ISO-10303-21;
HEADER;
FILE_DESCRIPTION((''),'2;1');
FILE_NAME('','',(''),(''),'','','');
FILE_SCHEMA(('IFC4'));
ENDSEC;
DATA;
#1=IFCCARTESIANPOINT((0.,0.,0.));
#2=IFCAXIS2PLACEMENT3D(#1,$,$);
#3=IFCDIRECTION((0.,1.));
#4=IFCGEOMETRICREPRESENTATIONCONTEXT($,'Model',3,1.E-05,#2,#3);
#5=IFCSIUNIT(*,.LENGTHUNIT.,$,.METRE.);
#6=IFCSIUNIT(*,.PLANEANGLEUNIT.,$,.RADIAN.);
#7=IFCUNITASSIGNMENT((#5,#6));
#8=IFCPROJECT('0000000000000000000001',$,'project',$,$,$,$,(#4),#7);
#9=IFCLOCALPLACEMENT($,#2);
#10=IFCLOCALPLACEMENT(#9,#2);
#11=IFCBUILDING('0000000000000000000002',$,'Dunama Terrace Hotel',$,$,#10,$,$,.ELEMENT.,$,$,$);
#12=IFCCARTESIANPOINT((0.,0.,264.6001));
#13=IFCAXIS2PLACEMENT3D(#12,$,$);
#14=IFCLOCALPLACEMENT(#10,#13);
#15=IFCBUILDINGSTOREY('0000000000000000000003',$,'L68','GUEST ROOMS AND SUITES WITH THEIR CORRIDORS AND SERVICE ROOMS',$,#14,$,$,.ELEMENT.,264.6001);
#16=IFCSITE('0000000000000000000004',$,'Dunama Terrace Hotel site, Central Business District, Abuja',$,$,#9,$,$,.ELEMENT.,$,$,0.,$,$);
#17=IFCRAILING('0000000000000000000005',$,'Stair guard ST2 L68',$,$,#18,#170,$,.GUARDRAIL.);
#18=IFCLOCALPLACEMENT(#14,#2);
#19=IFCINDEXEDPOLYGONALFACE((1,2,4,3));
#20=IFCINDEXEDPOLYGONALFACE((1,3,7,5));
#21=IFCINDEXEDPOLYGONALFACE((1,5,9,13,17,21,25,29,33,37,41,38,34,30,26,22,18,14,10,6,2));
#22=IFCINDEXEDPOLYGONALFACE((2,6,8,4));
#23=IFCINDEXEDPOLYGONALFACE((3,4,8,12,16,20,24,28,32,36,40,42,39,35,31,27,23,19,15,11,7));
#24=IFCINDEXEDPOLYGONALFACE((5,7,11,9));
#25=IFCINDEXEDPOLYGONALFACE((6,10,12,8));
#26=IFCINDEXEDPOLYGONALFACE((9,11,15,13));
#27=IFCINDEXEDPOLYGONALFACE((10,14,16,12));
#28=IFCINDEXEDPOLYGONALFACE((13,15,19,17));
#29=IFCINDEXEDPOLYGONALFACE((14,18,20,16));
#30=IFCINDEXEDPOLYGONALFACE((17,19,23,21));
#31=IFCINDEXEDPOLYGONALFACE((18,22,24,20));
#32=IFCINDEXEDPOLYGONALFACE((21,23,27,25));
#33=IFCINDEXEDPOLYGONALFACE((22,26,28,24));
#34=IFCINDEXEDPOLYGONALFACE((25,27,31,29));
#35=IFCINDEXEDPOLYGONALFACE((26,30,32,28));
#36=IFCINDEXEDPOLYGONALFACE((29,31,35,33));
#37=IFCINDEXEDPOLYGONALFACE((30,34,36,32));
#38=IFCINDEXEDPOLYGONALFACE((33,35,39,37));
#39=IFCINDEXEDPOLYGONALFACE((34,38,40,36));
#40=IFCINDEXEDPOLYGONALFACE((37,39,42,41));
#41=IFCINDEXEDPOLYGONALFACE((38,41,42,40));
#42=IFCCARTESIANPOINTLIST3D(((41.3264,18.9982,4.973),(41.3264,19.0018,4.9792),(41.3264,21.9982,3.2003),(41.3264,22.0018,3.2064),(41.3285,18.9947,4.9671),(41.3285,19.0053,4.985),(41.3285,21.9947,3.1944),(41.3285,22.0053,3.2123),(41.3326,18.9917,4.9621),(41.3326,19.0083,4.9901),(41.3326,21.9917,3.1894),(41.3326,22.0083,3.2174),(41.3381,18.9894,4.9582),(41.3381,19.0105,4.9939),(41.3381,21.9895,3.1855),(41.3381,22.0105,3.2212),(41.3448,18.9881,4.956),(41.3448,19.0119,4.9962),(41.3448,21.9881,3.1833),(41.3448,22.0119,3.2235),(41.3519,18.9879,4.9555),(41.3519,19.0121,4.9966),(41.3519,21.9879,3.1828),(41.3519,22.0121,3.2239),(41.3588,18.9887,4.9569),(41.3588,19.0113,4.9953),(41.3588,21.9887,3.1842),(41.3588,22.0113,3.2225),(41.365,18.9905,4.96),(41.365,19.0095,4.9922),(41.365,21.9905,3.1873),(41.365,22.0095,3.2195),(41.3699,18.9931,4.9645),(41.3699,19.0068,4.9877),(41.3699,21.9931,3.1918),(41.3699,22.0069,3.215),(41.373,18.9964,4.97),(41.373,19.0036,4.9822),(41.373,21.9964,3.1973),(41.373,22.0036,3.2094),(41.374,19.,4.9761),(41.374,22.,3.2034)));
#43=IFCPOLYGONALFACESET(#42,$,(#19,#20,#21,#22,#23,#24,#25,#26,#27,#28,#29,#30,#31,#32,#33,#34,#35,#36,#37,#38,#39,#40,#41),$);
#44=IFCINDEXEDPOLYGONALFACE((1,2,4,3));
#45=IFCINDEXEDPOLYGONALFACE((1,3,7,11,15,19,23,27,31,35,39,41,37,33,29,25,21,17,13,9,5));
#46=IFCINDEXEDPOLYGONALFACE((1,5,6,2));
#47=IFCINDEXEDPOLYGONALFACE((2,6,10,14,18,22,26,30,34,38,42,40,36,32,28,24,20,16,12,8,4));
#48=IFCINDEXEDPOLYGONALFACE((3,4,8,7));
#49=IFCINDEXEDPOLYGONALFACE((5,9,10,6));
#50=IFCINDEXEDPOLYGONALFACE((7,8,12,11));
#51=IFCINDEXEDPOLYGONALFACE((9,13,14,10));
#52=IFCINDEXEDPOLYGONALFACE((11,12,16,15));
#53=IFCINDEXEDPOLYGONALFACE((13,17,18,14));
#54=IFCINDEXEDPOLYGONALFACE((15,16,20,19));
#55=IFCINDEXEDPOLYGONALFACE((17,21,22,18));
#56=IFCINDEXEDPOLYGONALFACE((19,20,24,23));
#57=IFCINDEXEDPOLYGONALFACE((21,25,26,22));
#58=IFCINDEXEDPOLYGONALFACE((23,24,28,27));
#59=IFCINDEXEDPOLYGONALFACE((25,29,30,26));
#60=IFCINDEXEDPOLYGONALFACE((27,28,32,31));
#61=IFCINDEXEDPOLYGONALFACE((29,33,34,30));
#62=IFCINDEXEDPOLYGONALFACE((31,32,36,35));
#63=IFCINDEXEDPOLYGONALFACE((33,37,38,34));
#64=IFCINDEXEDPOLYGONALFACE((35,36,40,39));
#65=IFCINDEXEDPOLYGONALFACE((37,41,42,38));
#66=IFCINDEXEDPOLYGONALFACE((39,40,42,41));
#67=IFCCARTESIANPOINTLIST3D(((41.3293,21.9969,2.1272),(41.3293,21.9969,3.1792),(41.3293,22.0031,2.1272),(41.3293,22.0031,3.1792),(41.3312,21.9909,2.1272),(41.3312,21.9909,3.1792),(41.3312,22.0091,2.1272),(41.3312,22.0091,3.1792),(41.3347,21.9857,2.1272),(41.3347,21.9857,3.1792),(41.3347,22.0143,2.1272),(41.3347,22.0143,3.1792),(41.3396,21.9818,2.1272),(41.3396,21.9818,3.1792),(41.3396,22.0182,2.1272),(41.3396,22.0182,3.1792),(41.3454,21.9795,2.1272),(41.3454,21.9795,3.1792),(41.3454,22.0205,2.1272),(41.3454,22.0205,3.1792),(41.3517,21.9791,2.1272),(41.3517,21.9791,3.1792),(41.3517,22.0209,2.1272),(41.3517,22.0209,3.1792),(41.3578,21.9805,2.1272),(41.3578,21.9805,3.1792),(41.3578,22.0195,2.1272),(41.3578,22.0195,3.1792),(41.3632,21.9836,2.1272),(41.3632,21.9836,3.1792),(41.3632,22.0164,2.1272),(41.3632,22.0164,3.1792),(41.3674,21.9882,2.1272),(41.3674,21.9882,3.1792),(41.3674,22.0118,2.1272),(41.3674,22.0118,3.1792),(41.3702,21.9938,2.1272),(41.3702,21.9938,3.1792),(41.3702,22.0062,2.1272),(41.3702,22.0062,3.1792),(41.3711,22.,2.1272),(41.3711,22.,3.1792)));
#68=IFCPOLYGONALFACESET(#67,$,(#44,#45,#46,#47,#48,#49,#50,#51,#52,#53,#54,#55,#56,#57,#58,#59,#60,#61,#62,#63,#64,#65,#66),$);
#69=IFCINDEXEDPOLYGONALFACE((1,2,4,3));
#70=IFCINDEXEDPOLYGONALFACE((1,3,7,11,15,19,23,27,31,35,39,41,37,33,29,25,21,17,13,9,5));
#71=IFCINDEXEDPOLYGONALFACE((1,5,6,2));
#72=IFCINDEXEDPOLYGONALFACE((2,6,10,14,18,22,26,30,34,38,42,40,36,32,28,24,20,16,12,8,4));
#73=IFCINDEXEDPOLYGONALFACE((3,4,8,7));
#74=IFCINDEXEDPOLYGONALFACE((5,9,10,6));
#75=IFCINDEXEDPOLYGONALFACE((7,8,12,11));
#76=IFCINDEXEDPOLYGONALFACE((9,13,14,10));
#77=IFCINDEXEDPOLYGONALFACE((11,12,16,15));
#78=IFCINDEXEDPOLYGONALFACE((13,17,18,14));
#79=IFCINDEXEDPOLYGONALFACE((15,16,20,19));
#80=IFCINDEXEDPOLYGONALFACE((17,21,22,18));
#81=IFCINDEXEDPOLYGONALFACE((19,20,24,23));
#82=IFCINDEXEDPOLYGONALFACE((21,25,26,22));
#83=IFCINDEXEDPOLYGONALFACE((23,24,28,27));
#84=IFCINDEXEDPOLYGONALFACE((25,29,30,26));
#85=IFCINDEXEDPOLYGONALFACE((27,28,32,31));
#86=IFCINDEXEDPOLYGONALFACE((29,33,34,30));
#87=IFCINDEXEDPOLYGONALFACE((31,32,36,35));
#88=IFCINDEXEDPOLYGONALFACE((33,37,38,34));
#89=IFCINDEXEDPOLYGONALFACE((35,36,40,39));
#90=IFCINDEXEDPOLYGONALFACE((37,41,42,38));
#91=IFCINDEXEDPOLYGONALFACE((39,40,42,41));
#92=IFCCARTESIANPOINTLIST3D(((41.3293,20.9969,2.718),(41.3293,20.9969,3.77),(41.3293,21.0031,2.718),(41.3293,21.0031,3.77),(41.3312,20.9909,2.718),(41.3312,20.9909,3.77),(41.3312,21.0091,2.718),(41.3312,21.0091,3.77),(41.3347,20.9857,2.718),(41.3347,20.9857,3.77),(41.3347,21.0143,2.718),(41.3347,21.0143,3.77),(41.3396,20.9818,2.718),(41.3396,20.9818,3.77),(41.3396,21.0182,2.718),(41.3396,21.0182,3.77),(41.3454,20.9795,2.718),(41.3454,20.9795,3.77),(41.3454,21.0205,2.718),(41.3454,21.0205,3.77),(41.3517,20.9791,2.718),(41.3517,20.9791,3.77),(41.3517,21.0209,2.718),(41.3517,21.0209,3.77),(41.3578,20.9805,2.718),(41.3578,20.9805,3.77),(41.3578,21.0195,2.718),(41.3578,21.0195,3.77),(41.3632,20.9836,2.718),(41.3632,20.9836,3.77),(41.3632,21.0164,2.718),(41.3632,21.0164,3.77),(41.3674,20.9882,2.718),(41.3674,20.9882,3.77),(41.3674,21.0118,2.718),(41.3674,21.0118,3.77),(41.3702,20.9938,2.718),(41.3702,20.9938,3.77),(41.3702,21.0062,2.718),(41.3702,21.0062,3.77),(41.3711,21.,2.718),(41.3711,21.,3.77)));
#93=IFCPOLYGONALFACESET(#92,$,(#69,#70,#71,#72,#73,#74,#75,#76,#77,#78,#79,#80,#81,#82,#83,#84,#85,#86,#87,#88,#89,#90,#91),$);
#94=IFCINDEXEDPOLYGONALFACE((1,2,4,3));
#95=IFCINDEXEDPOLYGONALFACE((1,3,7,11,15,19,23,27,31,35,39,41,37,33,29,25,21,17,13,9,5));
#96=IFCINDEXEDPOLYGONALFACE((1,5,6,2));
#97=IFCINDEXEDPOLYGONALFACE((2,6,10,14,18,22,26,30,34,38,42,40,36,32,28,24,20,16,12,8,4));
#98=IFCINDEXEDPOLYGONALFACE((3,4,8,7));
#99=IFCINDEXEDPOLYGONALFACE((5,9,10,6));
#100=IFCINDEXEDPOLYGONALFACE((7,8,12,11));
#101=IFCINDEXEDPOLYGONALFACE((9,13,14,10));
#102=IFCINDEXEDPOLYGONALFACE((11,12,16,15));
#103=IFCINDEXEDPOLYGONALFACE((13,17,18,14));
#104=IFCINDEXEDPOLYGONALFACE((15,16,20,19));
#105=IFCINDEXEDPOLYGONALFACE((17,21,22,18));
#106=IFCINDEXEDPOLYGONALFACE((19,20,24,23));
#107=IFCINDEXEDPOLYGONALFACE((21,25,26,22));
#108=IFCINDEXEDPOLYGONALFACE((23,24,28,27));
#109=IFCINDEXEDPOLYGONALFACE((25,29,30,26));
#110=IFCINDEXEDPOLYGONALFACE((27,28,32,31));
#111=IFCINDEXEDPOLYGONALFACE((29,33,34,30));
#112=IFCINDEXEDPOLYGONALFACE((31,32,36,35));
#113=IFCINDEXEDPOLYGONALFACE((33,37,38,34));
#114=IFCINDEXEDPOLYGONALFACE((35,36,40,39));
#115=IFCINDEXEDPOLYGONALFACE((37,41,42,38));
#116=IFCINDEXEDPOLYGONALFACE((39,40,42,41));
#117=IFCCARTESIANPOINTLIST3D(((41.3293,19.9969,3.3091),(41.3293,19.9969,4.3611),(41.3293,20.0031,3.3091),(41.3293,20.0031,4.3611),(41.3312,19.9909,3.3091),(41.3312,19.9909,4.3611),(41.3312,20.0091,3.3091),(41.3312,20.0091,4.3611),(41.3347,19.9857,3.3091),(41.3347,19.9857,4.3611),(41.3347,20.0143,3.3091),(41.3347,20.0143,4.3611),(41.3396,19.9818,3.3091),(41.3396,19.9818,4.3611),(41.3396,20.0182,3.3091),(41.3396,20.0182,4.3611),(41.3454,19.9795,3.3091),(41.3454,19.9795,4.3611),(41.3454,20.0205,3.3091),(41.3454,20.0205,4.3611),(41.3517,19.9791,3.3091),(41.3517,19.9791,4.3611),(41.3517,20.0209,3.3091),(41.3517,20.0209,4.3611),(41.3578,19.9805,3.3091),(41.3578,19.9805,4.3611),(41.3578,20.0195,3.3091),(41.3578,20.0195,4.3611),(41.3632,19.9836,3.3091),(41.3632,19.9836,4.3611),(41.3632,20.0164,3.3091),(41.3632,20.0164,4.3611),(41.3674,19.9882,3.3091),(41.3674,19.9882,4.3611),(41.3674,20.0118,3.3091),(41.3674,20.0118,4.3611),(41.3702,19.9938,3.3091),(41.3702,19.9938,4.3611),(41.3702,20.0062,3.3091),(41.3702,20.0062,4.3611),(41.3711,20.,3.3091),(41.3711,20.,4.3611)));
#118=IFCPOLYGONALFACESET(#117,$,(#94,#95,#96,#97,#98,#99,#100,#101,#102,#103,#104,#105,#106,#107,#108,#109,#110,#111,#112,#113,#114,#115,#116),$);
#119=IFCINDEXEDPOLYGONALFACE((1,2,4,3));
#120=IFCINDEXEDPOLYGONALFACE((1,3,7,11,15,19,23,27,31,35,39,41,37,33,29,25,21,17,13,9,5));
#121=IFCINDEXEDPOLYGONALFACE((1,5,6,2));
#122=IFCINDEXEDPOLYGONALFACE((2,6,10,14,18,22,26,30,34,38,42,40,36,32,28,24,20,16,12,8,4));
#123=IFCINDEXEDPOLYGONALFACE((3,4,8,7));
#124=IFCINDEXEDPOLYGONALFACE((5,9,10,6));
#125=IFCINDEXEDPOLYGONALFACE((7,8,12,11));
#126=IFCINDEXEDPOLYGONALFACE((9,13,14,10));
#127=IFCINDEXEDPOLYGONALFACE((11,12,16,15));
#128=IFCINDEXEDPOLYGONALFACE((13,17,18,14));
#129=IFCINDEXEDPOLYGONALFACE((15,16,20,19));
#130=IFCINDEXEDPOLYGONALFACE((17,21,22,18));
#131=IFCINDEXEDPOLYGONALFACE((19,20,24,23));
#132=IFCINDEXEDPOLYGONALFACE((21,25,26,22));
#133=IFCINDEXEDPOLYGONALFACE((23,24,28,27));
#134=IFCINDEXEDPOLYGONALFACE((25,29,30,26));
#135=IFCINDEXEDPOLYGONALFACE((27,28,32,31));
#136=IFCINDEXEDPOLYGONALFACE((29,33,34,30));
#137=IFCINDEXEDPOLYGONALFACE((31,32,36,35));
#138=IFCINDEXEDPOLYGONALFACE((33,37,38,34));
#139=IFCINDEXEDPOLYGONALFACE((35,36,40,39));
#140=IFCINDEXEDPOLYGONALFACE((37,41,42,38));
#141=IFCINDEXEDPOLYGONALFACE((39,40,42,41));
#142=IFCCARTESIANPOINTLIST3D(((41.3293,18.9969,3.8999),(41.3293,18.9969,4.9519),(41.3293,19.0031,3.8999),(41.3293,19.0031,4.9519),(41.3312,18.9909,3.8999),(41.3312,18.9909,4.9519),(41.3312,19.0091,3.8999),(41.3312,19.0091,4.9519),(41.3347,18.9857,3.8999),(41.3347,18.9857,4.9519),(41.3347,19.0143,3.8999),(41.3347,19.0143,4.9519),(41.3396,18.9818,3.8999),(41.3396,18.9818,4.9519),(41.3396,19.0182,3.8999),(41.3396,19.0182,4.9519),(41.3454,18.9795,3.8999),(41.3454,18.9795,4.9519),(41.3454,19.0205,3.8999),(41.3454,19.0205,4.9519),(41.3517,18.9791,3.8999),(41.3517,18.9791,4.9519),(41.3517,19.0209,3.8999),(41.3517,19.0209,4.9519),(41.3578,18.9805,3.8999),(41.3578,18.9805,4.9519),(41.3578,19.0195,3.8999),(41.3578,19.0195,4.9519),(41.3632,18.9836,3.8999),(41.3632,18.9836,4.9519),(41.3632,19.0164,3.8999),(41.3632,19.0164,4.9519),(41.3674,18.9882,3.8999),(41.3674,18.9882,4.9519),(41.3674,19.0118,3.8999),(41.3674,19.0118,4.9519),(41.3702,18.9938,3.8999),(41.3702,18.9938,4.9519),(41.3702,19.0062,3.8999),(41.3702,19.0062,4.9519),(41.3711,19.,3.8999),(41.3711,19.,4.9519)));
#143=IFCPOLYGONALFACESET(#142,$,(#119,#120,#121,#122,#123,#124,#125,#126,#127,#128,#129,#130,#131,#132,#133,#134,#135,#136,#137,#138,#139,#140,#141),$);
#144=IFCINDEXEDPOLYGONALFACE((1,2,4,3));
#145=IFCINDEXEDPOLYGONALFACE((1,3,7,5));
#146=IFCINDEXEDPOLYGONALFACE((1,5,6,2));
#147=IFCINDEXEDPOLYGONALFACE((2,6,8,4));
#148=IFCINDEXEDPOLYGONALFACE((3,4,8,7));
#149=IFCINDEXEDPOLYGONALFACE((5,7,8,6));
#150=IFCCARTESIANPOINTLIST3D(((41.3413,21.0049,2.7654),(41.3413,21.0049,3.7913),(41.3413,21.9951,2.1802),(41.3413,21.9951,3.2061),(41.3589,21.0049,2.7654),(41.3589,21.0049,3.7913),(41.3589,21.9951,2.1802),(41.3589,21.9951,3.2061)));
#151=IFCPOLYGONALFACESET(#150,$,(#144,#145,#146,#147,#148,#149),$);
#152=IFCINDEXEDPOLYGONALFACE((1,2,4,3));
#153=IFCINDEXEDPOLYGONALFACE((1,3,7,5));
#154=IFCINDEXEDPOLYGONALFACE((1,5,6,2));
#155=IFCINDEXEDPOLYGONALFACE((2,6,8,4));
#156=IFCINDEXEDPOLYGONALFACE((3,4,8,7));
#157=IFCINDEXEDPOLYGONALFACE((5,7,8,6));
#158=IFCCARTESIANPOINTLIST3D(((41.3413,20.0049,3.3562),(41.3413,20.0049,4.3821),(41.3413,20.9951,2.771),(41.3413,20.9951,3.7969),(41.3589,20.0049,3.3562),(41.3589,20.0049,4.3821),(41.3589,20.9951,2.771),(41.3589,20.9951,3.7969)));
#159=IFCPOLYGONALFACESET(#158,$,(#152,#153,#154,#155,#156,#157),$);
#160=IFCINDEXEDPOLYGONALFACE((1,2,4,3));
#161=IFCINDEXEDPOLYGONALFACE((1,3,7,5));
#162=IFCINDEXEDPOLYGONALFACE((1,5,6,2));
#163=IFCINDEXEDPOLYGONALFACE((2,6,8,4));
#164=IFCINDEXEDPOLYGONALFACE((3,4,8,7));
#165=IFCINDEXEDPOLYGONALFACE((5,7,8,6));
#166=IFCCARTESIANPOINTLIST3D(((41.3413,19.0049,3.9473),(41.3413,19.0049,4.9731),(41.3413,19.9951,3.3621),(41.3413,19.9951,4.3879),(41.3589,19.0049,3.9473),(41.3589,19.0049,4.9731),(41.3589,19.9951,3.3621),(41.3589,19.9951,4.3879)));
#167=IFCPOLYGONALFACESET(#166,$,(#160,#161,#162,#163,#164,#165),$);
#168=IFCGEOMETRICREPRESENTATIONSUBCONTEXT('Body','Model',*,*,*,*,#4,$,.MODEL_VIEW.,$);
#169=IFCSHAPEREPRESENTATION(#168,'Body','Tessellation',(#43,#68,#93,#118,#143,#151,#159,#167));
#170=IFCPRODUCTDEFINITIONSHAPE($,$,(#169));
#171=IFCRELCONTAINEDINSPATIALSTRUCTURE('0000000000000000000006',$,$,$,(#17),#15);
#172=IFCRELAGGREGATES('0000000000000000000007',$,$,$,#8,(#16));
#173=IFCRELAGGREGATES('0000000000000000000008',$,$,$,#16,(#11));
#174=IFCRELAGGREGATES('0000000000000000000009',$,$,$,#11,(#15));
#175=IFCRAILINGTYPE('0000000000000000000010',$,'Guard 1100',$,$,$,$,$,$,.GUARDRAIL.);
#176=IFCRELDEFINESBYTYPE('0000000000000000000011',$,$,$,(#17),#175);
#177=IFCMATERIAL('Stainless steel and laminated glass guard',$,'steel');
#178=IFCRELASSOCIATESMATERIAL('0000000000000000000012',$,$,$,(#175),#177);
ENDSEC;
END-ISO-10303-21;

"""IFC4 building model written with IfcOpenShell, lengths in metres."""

from ifc_helpers import new_model, si_unit, direction, frame, origin, origin_2d, place, context, subcontext, project, spatial, polyline, circle, outline, extrude, material, type_object, element, save


model = new_model("IFC4")

# Units and contexts
model_context = context("Model", 3, precision=1e-05, world=origin(), true_north=direction((0.0, 1.0)))
body_context = subcontext(model_context, "Body", "Model", "MODEL_VIEW")
ifc_project = project(units=[si_unit("LENGTHUNIT", "METRE"), si_unit("PLANEANGLEUNIT", "RADIAN")], contexts=[model_context])

# Site, building, storey
site_placement = place(None, origin())
site = spatial("IfcSite", under=ifc_project, at=site_placement, Name="Dunama Terrace Hotel site, Central Business District, Abuja", CompositionType="ELEMENT", RefElevation=0.0)
building_placement = place(site_placement, origin())
building = spatial("IfcBuilding", under=site, at=building_placement, Name="Dunama Terrace Hotel", CompositionType="ELEMENT")
storey_placement = place(building_placement, frame((0.0, 0.0, 264.6001)))
storey = spatial("IfcBuildingStorey", under=building, at=storey_placement, Name="L68", Description="GUEST ROOMS AND SUITES WITH THEIR CORRIDORS AND SERVICE ROOMS", CompositionType="ELEMENT", Elevation=264.6001)

# Railing
ifc_material_1 = material(Name="Stainless steel and laminated glass guard", Category="steel")
railing_type_1 = type_object("IfcRailingType", Name="Guard 1100", PredefinedType="GUARDRAIL", material=ifc_material_1)
railing_1_placement = place(storey_placement, frame((41.3501, 22.0, 2.1272)))
element("IfcRailing", 1, at=railing_1_placement, inside=storey, type_object=railing_type_1, Name="Stair guard ST2 L68", PredefinedType="GUARDRAIL", context=body_context, shape_type="SweptSolid", body=[
    extrude(circle(Radius=0.0239, at=origin_2d()), frame((0.0, 0.0, 1.0762), z_axis=(0.0, -0.860929, 0.508725), x_axis=(1.0, 0.0, 0.0)), (0.0, 0.0, 1.0), 3.4846),
    extrude(circle(Radius=0.021, at=origin_2d()), origin(), (0.0, 0.0, 1.0), 1.052),
    extrude(circle(Radius=0.021, at=origin_2d()), frame((0.0, -1.0, 0.5908)), (0.0, 0.0, 1.0), 1.052),
    extrude(circle(Radius=0.021, at=origin_2d()), frame((0.0, -2.0, 1.1819)), (0.0, 0.0, 1.0), 1.052),
    extrude(circle(Radius=0.021, at=origin_2d()), frame((0.0, -3.0, 1.7727)), (0.0, 0.0, 1.0), 1.052),
    extrude(outline(polyline([(0.0049, 0.053), (0.9951, 0.6382), (0.9951, 1.6641), (0.0049, 1.0789), (0.0049, 0.053)])), frame((0.0088, 0.0, 0.0), z_axis=(-1.0, 0.0, 0.0), x_axis=(0.0, -1.0, 0.0)), (0.0, 0.0, 1.0), 0.0176),
    extrude(outline(polyline([(0.0049, 0.053), (0.9951, 0.6382), (0.9951, 1.6641), (0.0049, 1.0789), (0.0049, 0.053)])), frame((0.0088, -1.0, 0.5908), z_axis=(-1.0, 0.0, 0.0), x_axis=(0.0, -1.0, 0.0)), (0.0, 0.0, 1.0), 0.0176),
    extrude(outline(polyline([(0.0049, 0.053), (0.9951, 0.6382), (0.9951, 1.6641), (0.0049, 1.0789), (0.0049, 0.053)])), frame((0.0088, -2.0, 1.1819), z_axis=(-1.0, 0.0, 0.0), x_axis=(0.0, -1.0, 0.0)), (0.0, 0.0, 1.0), 0.0176),
])

save(model, "model.ifc")
